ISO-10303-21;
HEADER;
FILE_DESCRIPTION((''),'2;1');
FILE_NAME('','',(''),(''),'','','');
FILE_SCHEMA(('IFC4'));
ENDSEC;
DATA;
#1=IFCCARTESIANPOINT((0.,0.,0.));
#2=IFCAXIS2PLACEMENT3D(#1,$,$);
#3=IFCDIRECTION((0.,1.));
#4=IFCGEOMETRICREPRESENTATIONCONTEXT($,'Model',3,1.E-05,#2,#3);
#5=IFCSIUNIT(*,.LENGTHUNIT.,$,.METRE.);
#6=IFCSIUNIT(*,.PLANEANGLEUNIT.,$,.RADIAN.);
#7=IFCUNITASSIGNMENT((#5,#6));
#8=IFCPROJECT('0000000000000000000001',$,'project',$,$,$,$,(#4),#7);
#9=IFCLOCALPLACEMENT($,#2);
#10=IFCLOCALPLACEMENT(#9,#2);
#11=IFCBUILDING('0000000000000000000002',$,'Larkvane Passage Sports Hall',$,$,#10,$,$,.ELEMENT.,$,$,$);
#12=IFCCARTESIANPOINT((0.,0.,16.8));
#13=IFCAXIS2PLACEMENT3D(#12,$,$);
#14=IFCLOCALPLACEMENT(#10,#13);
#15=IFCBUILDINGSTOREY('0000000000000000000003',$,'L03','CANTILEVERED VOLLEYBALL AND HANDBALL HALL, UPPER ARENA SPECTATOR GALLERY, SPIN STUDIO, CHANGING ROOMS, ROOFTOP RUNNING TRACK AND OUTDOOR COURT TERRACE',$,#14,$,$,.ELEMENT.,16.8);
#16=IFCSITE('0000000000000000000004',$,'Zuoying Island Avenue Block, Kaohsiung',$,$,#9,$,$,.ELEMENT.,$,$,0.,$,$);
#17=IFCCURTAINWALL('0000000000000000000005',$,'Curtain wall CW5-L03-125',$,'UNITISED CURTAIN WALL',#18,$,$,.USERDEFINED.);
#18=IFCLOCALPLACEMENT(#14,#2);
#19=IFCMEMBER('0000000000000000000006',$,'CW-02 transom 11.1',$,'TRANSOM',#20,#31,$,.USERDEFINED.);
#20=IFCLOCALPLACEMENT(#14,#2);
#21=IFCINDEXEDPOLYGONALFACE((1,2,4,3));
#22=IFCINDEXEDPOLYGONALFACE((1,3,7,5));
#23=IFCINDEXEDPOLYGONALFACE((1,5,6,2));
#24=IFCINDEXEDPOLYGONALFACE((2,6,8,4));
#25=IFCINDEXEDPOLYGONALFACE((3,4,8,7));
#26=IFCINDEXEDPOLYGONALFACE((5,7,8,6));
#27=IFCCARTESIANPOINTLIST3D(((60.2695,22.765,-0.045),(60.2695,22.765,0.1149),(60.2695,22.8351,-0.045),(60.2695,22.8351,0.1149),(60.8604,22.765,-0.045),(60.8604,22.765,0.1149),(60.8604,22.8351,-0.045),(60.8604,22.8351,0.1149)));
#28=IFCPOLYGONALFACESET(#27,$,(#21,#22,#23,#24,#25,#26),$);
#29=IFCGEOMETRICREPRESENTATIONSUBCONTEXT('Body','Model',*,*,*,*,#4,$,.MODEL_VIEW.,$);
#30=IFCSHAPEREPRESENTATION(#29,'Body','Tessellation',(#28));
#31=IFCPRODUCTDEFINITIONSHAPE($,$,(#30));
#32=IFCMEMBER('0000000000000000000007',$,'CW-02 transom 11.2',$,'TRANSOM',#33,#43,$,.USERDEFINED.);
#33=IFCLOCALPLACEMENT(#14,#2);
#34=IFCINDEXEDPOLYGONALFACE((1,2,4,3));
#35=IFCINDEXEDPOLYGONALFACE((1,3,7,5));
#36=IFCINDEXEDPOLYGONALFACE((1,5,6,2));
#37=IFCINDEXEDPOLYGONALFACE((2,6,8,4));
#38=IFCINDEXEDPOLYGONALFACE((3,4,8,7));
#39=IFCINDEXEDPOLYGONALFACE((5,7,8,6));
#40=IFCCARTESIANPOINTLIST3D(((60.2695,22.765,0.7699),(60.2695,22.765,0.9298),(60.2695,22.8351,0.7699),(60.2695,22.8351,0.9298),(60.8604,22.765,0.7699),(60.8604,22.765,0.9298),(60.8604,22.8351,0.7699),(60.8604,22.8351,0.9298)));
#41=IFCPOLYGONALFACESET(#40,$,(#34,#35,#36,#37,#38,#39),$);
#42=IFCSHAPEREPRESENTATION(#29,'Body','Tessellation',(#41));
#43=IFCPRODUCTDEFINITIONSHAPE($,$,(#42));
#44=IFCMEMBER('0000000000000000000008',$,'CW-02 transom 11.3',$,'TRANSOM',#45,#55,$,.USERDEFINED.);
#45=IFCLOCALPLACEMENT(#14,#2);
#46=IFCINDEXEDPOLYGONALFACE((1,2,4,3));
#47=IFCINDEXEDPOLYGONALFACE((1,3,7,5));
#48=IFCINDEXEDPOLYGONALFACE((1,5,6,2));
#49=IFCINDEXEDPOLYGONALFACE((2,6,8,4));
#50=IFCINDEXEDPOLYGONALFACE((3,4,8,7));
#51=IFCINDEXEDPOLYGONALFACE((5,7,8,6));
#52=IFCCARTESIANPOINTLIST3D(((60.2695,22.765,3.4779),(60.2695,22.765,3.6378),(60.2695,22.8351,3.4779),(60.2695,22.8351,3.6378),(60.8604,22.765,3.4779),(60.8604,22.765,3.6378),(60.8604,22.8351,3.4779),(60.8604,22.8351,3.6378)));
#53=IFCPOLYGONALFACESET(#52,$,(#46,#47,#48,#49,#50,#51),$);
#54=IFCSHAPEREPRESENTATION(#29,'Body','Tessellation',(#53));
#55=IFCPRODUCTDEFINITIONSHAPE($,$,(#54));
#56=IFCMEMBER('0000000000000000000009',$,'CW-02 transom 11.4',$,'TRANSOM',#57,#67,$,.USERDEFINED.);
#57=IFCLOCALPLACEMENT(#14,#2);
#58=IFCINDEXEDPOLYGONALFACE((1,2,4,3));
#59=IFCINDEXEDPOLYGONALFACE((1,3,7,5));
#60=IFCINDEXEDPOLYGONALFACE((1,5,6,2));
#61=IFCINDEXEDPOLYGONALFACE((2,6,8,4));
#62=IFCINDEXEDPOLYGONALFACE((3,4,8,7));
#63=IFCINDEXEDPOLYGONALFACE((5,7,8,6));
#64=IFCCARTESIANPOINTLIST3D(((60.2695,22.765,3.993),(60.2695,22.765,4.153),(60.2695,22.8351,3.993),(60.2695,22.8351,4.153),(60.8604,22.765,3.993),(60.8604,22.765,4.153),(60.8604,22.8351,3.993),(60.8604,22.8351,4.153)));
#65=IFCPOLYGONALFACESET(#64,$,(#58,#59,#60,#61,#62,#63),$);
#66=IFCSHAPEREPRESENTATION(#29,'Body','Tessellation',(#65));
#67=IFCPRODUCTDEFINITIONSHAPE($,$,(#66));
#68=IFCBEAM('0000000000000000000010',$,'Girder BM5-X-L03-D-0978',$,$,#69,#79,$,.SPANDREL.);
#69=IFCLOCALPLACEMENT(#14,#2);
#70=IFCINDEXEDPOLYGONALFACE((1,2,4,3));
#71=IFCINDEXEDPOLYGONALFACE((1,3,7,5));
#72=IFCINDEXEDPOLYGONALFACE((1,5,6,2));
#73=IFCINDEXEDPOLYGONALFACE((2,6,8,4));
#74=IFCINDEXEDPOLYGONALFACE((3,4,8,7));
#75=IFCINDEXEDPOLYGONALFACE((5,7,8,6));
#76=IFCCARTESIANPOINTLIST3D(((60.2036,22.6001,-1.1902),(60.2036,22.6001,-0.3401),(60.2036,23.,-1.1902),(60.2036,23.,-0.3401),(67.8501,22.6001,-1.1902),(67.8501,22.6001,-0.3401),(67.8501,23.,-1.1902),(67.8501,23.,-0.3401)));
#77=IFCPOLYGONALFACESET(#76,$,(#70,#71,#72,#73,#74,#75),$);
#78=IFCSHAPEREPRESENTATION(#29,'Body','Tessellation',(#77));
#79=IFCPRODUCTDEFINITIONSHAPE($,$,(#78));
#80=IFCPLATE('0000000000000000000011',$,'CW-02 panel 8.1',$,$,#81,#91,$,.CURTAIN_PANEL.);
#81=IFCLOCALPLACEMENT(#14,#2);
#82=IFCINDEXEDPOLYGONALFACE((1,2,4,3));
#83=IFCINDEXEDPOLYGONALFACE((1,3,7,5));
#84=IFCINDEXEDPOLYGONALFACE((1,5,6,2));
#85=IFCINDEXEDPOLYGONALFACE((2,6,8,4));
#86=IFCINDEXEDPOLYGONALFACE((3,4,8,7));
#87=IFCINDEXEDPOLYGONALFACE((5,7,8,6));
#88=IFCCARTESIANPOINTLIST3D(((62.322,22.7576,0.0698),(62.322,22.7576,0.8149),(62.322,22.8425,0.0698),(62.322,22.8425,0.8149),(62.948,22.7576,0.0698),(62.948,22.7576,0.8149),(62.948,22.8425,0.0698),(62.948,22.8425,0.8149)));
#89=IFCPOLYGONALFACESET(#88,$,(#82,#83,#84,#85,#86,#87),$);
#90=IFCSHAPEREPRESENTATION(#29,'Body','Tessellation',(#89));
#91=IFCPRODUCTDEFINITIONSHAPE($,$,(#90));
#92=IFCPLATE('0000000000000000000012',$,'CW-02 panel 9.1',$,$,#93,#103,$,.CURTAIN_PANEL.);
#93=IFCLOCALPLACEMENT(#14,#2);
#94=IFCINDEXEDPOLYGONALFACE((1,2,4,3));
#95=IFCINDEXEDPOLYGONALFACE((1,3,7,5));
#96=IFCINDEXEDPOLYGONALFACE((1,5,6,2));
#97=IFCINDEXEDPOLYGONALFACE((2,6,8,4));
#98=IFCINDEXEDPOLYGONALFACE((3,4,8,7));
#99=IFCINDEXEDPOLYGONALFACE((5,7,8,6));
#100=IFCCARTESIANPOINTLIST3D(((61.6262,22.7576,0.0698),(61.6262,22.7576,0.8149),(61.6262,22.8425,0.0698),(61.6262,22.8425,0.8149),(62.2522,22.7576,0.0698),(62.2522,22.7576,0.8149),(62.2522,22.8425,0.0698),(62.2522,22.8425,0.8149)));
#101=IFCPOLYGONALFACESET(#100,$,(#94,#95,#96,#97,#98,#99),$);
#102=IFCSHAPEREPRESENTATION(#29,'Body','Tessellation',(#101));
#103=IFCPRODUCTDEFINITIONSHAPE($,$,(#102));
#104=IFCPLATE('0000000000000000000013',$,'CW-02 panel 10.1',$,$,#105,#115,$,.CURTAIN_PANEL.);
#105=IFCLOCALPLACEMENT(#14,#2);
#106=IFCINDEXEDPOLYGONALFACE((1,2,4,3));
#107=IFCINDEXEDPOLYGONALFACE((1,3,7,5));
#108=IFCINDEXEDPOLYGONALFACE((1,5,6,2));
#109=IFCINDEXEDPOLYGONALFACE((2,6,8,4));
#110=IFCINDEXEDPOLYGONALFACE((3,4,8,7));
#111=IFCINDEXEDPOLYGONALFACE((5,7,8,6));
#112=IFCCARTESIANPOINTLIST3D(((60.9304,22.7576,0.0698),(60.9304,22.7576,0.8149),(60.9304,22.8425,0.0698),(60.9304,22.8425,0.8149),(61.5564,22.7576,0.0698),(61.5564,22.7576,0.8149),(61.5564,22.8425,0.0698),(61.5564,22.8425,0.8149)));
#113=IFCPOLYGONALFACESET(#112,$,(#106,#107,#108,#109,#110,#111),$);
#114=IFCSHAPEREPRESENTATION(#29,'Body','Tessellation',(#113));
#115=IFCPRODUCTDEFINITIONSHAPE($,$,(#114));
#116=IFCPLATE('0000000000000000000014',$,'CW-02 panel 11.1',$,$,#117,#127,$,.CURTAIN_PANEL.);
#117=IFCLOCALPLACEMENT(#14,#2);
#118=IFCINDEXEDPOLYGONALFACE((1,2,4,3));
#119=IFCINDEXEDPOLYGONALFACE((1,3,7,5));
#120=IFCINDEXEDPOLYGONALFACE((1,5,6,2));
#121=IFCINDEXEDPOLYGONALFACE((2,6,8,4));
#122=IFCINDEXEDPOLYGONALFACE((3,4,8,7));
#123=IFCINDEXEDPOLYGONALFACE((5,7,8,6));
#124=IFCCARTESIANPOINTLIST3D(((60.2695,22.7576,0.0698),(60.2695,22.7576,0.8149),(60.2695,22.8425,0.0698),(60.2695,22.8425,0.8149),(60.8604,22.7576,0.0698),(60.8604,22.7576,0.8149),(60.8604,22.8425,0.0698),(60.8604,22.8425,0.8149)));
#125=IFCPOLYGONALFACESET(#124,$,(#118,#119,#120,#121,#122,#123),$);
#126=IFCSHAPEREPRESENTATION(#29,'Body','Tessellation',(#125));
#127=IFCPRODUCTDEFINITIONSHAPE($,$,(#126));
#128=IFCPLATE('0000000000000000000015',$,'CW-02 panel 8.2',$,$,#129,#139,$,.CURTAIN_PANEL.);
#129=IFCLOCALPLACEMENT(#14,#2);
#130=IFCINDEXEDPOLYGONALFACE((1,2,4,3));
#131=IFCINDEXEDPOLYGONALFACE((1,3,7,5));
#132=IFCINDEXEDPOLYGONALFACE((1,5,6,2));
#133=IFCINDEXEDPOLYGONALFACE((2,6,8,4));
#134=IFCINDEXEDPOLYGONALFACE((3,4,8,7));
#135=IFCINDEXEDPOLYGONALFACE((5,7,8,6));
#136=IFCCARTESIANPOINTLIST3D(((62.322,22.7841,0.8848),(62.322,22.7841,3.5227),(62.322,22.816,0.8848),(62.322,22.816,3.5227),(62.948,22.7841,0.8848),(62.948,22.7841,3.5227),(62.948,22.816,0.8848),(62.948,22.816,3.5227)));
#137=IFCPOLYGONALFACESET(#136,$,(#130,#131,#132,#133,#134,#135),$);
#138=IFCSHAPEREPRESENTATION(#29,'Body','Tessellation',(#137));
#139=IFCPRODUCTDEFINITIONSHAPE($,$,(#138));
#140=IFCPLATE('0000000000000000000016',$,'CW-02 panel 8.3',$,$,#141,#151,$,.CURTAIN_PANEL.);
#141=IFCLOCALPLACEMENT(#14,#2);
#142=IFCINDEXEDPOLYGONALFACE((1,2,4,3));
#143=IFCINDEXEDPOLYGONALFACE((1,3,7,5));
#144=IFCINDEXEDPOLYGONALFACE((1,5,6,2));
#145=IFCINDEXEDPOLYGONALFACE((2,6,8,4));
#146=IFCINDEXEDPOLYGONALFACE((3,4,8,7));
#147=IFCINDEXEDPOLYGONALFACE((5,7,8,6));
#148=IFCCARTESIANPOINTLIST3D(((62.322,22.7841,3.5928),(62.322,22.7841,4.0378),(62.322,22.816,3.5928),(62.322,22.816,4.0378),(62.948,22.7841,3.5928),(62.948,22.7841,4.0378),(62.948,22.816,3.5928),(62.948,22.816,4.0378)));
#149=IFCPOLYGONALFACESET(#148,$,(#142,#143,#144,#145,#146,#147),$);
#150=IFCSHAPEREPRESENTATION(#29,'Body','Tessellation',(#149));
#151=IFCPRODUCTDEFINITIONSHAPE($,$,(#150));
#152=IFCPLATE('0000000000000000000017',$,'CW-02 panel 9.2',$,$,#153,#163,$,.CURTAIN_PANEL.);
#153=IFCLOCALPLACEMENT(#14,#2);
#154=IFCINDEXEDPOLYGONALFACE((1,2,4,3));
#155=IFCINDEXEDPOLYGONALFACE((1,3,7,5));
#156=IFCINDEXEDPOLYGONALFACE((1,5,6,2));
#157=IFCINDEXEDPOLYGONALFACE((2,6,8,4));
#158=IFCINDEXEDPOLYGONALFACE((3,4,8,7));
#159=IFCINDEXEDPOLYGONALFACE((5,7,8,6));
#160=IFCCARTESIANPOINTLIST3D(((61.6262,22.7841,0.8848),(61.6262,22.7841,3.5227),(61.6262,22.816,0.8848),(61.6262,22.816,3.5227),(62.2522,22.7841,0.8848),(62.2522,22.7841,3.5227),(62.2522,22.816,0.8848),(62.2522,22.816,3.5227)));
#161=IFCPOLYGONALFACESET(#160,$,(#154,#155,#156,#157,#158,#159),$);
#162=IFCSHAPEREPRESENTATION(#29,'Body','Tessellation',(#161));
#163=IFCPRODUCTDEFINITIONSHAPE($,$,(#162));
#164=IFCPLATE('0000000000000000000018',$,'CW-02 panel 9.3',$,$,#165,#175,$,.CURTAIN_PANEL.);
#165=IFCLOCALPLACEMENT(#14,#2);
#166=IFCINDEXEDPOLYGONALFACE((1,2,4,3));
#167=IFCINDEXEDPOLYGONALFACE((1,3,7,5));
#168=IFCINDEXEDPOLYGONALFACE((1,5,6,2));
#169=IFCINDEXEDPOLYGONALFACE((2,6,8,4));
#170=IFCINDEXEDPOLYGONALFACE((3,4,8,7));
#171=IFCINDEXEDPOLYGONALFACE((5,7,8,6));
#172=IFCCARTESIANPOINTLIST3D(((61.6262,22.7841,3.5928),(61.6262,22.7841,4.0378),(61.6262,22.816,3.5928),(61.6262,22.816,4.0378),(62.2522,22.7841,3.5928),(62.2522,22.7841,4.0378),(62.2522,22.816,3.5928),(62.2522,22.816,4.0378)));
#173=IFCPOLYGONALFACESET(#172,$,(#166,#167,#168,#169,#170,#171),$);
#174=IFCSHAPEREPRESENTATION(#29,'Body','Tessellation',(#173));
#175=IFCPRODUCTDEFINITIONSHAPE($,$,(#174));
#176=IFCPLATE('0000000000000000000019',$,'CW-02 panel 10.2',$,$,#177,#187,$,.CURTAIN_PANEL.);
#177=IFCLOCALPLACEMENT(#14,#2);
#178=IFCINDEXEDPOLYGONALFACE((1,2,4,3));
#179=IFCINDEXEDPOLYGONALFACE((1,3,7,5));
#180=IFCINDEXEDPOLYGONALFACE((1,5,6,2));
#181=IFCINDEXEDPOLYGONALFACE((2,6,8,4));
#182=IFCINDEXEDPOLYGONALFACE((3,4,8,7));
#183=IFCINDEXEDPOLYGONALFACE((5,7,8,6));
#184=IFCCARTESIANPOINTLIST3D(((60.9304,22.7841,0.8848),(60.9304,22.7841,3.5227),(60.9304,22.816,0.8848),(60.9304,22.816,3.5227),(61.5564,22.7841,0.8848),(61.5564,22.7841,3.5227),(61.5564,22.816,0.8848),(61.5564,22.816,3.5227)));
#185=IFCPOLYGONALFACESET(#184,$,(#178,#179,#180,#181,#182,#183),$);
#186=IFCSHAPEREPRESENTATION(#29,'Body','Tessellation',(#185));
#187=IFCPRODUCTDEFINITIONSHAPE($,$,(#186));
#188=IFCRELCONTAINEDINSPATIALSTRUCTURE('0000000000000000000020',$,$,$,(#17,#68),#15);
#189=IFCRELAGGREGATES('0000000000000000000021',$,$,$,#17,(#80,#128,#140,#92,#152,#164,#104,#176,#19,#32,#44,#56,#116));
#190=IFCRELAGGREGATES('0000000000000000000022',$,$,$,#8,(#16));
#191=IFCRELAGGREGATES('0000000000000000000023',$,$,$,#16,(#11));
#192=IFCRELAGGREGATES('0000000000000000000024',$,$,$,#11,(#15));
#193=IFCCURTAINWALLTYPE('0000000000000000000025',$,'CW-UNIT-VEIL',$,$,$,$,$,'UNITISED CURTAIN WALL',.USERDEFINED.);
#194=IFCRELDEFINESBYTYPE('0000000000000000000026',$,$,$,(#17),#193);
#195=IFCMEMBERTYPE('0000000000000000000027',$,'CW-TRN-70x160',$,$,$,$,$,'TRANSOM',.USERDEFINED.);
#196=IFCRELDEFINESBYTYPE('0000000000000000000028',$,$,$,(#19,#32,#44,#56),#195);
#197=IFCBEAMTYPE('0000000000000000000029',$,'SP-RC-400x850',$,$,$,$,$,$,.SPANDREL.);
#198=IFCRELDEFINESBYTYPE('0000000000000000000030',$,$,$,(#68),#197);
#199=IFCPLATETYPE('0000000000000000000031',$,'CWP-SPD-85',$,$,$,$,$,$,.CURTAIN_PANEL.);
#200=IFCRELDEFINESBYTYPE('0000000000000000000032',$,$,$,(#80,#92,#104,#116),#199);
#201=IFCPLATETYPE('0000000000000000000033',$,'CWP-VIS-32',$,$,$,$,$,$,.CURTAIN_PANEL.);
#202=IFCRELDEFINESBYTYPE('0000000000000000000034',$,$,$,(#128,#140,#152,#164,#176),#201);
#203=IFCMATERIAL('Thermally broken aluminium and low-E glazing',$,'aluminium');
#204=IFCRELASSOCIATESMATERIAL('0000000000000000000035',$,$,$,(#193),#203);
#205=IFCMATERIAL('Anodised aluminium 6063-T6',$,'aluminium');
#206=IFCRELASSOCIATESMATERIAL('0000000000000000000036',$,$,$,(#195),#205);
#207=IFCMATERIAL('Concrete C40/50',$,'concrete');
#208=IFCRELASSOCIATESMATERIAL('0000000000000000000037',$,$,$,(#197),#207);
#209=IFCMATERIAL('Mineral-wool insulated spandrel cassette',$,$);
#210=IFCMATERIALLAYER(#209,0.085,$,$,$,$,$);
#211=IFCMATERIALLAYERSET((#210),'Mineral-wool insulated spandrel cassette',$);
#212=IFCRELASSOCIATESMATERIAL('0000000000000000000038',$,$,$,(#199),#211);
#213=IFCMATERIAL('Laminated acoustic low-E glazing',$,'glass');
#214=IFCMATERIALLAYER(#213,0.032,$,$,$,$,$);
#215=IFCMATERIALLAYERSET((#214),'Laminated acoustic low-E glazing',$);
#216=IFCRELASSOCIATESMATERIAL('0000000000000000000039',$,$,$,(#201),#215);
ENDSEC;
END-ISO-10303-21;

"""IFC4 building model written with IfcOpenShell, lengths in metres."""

from ifc_helpers import new_model, si_unit, direction, frame, origin, origin_2d, place, context, subcontext, project, spatial, rectangle, extrude, material, layer, layer_set, material_profile, profile_set, type_object, element, aggregate, save


model = new_model("IFC4")

# Units and contexts
model_context = context("Model", 3, precision=1e-05, world=origin(), true_north=direction((0.0, 1.0)))
body_context = subcontext(model_context, "Body", "Model", "MODEL_VIEW")
ifc_project = project(units=[si_unit("LENGTHUNIT", "METRE"), si_unit("PLANEANGLEUNIT", "RADIAN")], contexts=[model_context])

# Site, building, storey
site_placement = place(None, origin())
site = spatial("IfcSite", under=ifc_project, at=site_placement, Name="Zuoying Island Avenue Block, Kaohsiung", CompositionType="ELEMENT", RefElevation=0.0)
building_placement = place(site_placement, origin())
building = spatial("IfcBuilding", under=site, at=building_placement, Name="Larkvane Passage Sports Hall", CompositionType="ELEMENT")
storey_placement = place(building_placement, frame((0.0, 0.0, 16.8)))
storey = spatial("IfcBuildingStorey", under=building, at=storey_placement, Name="L03", Description="CANTILEVERED VOLLEYBALL AND HANDBALL HALL, UPPER ARENA SPECTATOR GALLERY, SPIN STUDIO, CHANGING ROOMS, ROOFTOP RUNNING TRACK AND OUTDOOR COURT TERRACE", CompositionType="ELEMENT", Elevation=16.8)

# Curtain wall, members
ifc_material_1 = material(Name="Thermally broken aluminium and low-E glazing", Category="aluminium")
curtain_wall_type = type_object("IfcCurtainWallType", Name="CW-UNIT-VEIL", ElementType="UNITISED CURTAIN WALL", PredefinedType="USERDEFINED", material=ifc_material_1)
curtain_wall_placement = place(storey_placement, origin())
curtain_wall = element("IfcCurtainWall", 1, at=curtain_wall_placement, inside=storey, type_object=curtain_wall_type, Name="Curtain wall CW5-L03-125", ObjectType="UNITISED CURTAIN WALL", PredefinedType="USERDEFINED")
ifc_material_2 = material(Name="Anodised aluminium 6063-T6", Category="aluminium")
ifc_material_profile_1 = material_profile(ifc_material_2, rectangle(XDim=0.0701, YDim=0.1599, at=origin_2d()), Name="ALU-TRN-70x160")
ifc_profile_set_1 = profile_set([ifc_material_profile_1], Name="Anodised aluminium 6063-T6")
member_type_1 = type_object("IfcMemberType", Name="CW-TRN-70x160", ElementType="TRANSOM", PredefinedType="USERDEFINED", material=ifc_profile_set_1)
member_1_placement = place(storey_placement, frame((60.8604, 22.8, 0.0349), z_axis=(-1.0, 0.0, 0.0), x_axis=(0.0, -1.0, 0.0)))
member_1 = element("IfcMember", 2, at=member_1_placement, type_object=member_type_1, Name="CW-02 transom 11.1", ObjectType="TRANSOM", PredefinedType="USERDEFINED", context=body_context, shape_type="SweptSolid", body=[
    extrude(rectangle(XDim=0.0701, YDim=0.1599, at=origin_2d()), origin(), (0.0, 0.0, 1.0), 0.5908),
])
member_2_placement = place(storey_placement, frame((60.8604, 22.8, 0.8499), z_axis=(-1.0, 0.0, 0.0), x_axis=(0.0, -1.0, 0.0)))
member_2 = element("IfcMember", 3, at=member_2_placement, type_object=member_type_1, Name="CW-02 transom 11.2", ObjectType="TRANSOM", PredefinedType="USERDEFINED", context=body_context, shape_type="SweptSolid", body=[
    extrude(rectangle(XDim=0.0701, YDim=0.1599, at=origin_2d()), origin(), (0.0, 0.0, 1.0), 0.5908),
])
member_3_placement = place(storey_placement, frame((60.8604, 22.8, 3.5579), z_axis=(-1.0, 0.0, 0.0), x_axis=(0.0, -1.0, 0.0)))
member_3 = element("IfcMember", 4, at=member_3_placement, type_object=member_type_1, Name="CW-02 transom 11.3", ObjectType="TRANSOM", PredefinedType="USERDEFINED", context=body_context, shape_type="SweptSolid", body=[
    extrude(rectangle(XDim=0.0701, YDim=0.1599, at=origin_2d()), origin(), (0.0, 0.0, 1.0), 0.5908),
])
member_4_placement = place(storey_placement, frame((60.8604, 22.8, 4.073), z_axis=(-1.0, 0.0, 0.0), x_axis=(0.0, -1.0, 0.0)))
member_4 = element("IfcMember", 5, at=member_4_placement, type_object=member_type_1, Name="CW-02 transom 11.4", ObjectType="TRANSOM", PredefinedType="USERDEFINED", context=body_context, shape_type="SweptSolid", body=[
    extrude(rectangle(XDim=0.0701, YDim=0.1599, at=origin_2d()), origin(), (0.0, 0.0, 1.0), 0.5908),
])

# Beam
ifc_material_3 = material(Name="Concrete C40/50", Category="concrete")
ifc_material_profile_2 = material_profile(ifc_material_3, rectangle(XDim=0.3999, YDim=0.8501, at=origin_2d()), Name="RC-SP-400x850")
ifc_profile_set_2 = profile_set([ifc_material_profile_2], Name="Concrete C40/50")
beam_type = type_object("IfcBeamType", Name="SP-RC-400x850", PredefinedType="SPANDREL", material=ifc_profile_set_2)
beam_placement = place(storey_placement, frame((60.2036, 22.8, -0.7651), z_axis=(1.0, 0.0, 0.0), x_axis=(0.0, 1.0, 0.0)))
element("IfcBeam", 6, at=beam_placement, inside=storey, type_object=beam_type, Name="Girder BM5-X-L03-D-0978", PredefinedType="SPANDREL", context=body_context, shape_type="SweptSolid", body=[
    extrude(rectangle(XDim=0.3999, YDim=0.8501, at=origin_2d()), origin(), (0.0, 0.0, 1.0), 7.6465),
])

# Plates
ifc_material_4 = material(Name="Mineral-wool insulated spandrel cassette")
ifc_layer_1 = layer(ifc_material_4, 0.085)
ifc_layer_set_1 = layer_set([ifc_layer_1], Name="Mineral-wool insulated spandrel cassette")
plate_type_1 = type_object("IfcPlateType", Name="CWP-SPD-85", PredefinedType="CURTAIN_PANEL", material=ifc_layer_set_1)
plate_1_placement = place(storey_placement, frame((62.635, 22.8, 0.0698), z_axis=(0.0, 0.0, 1.0), x_axis=(-1.0, 0.0, 0.0)))
plate_1 = element("IfcPlate", 7, at=plate_1_placement, type_object=plate_type_1, Name="CW-02 panel 8.1", PredefinedType="CURTAIN_PANEL", context=body_context, shape_type="SweptSolid", body=[
    extrude(rectangle(XDim=0.626, YDim=0.085, at=origin_2d()), origin(), (0.0, 0.0, 1.0), 0.7451),
])
plate_2_placement = place(storey_placement, frame((61.9392, 22.8, 0.0698), z_axis=(0.0, 0.0, 1.0), x_axis=(-1.0, 0.0, 0.0)))
plate_2 = element("IfcPlate", 8, at=plate_2_placement, type_object=plate_type_1, Name="CW-02 panel 9.1", PredefinedType="CURTAIN_PANEL", context=body_context, shape_type="SweptSolid", body=[
    extrude(rectangle(XDim=0.626, YDim=0.085, at=origin_2d()), origin(), (0.0, 0.0, 1.0), 0.7451),
])
plate_3_placement = place(storey_placement, frame((61.2434, 22.8, 0.0698), z_axis=(0.0, 0.0, 1.0), x_axis=(-1.0, 0.0, 0.0)))
plate_3 = element("IfcPlate", 9, at=plate_3_placement, type_object=plate_type_1, Name="CW-02 panel 10.1", PredefinedType="CURTAIN_PANEL", context=body_context, shape_type="SweptSolid", body=[
    extrude(rectangle(XDim=0.626, YDim=0.085, at=origin_2d()), origin(), (0.0, 0.0, 1.0), 0.7451),
])
plate_4_placement = place(storey_placement, frame((60.5649, 22.8, 0.0698), z_axis=(0.0, 0.0, 1.0), x_axis=(-1.0, 0.0, 0.0)))
plate_4 = element("IfcPlate", 10, at=plate_4_placement, type_object=plate_type_1, Name="CW-02 panel 11.1", PredefinedType="CURTAIN_PANEL", context=body_context, shape_type="SweptSolid", body=[
    extrude(rectangle(XDim=0.5908, YDim=0.085, at=origin_2d()), origin(), (0.0, 0.0, 1.0), 0.7451),
])
ifc_material_5 = material(Name="Laminated acoustic low-E glazing", Category="glass")
ifc_layer_2 = layer(ifc_material_5, 0.032)
ifc_layer_set_2 = layer_set([ifc_layer_2], Name="Laminated acoustic low-E glazing")
plate_type_2 = type_object("IfcPlateType", Name="CWP-VIS-32", PredefinedType="CURTAIN_PANEL", material=ifc_layer_set_2)
plate_5_placement = place(storey_placement, frame((62.635, 22.8, 0.8848), z_axis=(0.0, 0.0, 1.0), x_axis=(-1.0, 0.0, 0.0)))
plate_5 = element("IfcPlate", 11, at=plate_5_placement, type_object=plate_type_2, Name="CW-02 panel 8.2", PredefinedType="CURTAIN_PANEL", context=body_context, shape_type="SweptSolid", body=[
    extrude(rectangle(XDim=0.626, YDim=0.032, at=origin_2d()), origin(), (0.0, 0.0, 1.0), 2.6379),
])
plate_6_placement = place(storey_placement, frame((62.635, 22.8, 3.5928), z_axis=(0.0, 0.0, 1.0), x_axis=(-1.0, 0.0, 0.0)))
plate_6 = element("IfcPlate", 12, at=plate_6_placement, type_object=plate_type_2, Name="CW-02 panel 8.3", PredefinedType="CURTAIN_PANEL", context=body_context, shape_type="SweptSolid", body=[
    extrude(rectangle(XDim=0.626, YDim=0.032, at=origin_2d()), origin(), (0.0, 0.0, 1.0), 0.4451),
])
plate_7_placement = place(storey_placement, frame((61.9392, 22.8, 0.8848), z_axis=(0.0, 0.0, 1.0), x_axis=(-1.0, 0.0, 0.0)))
plate_7 = element("IfcPlate", 13, at=plate_7_placement, type_object=plate_type_2, Name="CW-02 panel 9.2", PredefinedType="CURTAIN_PANEL", context=body_context, shape_type="SweptSolid", body=[
    extrude(rectangle(XDim=0.626, YDim=0.032, at=origin_2d()), origin(), (0.0, 0.0, 1.0), 2.6379),
])
plate_8_placement = place(storey_placement, frame((61.9392, 22.8, 3.5928), z_axis=(0.0, 0.0, 1.0), x_axis=(-1.0, 0.0, 0.0)))
plate_8 = element("IfcPlate", 14, at=plate_8_placement, type_object=plate_type_2, Name="CW-02 panel 9.3", PredefinedType="CURTAIN_PANEL", context=body_context, shape_type="SweptSolid", body=[
    extrude(rectangle(XDim=0.626, YDim=0.032, at=origin_2d()), origin(), (0.0, 0.0, 1.0), 0.4451),
])
plate_9_placement = place(storey_placement, frame((61.2434, 22.8, 0.8848), z_axis=(0.0, 0.0, 1.0), x_axis=(-1.0, 0.0, 0.0)))
plate_9 = element("IfcPlate", 15, at=plate_9_placement, type_object=plate_type_2, Name="CW-02 panel 10.2", PredefinedType="CURTAIN_PANEL", context=body_context, shape_type="SweptSolid", body=[
    extrude(rectangle(XDim=0.626, YDim=0.032, at=origin_2d()), origin(), (0.0, 0.0, 1.0), 2.6379),
])
aggregate(curtain_wall, [plate_1, plate_5, plate_6, plate_2, plate_7, plate_8, plate_3, plate_9, member_1, member_2, member_3, member_4, plate_4])

save(model, "model.ifc")
